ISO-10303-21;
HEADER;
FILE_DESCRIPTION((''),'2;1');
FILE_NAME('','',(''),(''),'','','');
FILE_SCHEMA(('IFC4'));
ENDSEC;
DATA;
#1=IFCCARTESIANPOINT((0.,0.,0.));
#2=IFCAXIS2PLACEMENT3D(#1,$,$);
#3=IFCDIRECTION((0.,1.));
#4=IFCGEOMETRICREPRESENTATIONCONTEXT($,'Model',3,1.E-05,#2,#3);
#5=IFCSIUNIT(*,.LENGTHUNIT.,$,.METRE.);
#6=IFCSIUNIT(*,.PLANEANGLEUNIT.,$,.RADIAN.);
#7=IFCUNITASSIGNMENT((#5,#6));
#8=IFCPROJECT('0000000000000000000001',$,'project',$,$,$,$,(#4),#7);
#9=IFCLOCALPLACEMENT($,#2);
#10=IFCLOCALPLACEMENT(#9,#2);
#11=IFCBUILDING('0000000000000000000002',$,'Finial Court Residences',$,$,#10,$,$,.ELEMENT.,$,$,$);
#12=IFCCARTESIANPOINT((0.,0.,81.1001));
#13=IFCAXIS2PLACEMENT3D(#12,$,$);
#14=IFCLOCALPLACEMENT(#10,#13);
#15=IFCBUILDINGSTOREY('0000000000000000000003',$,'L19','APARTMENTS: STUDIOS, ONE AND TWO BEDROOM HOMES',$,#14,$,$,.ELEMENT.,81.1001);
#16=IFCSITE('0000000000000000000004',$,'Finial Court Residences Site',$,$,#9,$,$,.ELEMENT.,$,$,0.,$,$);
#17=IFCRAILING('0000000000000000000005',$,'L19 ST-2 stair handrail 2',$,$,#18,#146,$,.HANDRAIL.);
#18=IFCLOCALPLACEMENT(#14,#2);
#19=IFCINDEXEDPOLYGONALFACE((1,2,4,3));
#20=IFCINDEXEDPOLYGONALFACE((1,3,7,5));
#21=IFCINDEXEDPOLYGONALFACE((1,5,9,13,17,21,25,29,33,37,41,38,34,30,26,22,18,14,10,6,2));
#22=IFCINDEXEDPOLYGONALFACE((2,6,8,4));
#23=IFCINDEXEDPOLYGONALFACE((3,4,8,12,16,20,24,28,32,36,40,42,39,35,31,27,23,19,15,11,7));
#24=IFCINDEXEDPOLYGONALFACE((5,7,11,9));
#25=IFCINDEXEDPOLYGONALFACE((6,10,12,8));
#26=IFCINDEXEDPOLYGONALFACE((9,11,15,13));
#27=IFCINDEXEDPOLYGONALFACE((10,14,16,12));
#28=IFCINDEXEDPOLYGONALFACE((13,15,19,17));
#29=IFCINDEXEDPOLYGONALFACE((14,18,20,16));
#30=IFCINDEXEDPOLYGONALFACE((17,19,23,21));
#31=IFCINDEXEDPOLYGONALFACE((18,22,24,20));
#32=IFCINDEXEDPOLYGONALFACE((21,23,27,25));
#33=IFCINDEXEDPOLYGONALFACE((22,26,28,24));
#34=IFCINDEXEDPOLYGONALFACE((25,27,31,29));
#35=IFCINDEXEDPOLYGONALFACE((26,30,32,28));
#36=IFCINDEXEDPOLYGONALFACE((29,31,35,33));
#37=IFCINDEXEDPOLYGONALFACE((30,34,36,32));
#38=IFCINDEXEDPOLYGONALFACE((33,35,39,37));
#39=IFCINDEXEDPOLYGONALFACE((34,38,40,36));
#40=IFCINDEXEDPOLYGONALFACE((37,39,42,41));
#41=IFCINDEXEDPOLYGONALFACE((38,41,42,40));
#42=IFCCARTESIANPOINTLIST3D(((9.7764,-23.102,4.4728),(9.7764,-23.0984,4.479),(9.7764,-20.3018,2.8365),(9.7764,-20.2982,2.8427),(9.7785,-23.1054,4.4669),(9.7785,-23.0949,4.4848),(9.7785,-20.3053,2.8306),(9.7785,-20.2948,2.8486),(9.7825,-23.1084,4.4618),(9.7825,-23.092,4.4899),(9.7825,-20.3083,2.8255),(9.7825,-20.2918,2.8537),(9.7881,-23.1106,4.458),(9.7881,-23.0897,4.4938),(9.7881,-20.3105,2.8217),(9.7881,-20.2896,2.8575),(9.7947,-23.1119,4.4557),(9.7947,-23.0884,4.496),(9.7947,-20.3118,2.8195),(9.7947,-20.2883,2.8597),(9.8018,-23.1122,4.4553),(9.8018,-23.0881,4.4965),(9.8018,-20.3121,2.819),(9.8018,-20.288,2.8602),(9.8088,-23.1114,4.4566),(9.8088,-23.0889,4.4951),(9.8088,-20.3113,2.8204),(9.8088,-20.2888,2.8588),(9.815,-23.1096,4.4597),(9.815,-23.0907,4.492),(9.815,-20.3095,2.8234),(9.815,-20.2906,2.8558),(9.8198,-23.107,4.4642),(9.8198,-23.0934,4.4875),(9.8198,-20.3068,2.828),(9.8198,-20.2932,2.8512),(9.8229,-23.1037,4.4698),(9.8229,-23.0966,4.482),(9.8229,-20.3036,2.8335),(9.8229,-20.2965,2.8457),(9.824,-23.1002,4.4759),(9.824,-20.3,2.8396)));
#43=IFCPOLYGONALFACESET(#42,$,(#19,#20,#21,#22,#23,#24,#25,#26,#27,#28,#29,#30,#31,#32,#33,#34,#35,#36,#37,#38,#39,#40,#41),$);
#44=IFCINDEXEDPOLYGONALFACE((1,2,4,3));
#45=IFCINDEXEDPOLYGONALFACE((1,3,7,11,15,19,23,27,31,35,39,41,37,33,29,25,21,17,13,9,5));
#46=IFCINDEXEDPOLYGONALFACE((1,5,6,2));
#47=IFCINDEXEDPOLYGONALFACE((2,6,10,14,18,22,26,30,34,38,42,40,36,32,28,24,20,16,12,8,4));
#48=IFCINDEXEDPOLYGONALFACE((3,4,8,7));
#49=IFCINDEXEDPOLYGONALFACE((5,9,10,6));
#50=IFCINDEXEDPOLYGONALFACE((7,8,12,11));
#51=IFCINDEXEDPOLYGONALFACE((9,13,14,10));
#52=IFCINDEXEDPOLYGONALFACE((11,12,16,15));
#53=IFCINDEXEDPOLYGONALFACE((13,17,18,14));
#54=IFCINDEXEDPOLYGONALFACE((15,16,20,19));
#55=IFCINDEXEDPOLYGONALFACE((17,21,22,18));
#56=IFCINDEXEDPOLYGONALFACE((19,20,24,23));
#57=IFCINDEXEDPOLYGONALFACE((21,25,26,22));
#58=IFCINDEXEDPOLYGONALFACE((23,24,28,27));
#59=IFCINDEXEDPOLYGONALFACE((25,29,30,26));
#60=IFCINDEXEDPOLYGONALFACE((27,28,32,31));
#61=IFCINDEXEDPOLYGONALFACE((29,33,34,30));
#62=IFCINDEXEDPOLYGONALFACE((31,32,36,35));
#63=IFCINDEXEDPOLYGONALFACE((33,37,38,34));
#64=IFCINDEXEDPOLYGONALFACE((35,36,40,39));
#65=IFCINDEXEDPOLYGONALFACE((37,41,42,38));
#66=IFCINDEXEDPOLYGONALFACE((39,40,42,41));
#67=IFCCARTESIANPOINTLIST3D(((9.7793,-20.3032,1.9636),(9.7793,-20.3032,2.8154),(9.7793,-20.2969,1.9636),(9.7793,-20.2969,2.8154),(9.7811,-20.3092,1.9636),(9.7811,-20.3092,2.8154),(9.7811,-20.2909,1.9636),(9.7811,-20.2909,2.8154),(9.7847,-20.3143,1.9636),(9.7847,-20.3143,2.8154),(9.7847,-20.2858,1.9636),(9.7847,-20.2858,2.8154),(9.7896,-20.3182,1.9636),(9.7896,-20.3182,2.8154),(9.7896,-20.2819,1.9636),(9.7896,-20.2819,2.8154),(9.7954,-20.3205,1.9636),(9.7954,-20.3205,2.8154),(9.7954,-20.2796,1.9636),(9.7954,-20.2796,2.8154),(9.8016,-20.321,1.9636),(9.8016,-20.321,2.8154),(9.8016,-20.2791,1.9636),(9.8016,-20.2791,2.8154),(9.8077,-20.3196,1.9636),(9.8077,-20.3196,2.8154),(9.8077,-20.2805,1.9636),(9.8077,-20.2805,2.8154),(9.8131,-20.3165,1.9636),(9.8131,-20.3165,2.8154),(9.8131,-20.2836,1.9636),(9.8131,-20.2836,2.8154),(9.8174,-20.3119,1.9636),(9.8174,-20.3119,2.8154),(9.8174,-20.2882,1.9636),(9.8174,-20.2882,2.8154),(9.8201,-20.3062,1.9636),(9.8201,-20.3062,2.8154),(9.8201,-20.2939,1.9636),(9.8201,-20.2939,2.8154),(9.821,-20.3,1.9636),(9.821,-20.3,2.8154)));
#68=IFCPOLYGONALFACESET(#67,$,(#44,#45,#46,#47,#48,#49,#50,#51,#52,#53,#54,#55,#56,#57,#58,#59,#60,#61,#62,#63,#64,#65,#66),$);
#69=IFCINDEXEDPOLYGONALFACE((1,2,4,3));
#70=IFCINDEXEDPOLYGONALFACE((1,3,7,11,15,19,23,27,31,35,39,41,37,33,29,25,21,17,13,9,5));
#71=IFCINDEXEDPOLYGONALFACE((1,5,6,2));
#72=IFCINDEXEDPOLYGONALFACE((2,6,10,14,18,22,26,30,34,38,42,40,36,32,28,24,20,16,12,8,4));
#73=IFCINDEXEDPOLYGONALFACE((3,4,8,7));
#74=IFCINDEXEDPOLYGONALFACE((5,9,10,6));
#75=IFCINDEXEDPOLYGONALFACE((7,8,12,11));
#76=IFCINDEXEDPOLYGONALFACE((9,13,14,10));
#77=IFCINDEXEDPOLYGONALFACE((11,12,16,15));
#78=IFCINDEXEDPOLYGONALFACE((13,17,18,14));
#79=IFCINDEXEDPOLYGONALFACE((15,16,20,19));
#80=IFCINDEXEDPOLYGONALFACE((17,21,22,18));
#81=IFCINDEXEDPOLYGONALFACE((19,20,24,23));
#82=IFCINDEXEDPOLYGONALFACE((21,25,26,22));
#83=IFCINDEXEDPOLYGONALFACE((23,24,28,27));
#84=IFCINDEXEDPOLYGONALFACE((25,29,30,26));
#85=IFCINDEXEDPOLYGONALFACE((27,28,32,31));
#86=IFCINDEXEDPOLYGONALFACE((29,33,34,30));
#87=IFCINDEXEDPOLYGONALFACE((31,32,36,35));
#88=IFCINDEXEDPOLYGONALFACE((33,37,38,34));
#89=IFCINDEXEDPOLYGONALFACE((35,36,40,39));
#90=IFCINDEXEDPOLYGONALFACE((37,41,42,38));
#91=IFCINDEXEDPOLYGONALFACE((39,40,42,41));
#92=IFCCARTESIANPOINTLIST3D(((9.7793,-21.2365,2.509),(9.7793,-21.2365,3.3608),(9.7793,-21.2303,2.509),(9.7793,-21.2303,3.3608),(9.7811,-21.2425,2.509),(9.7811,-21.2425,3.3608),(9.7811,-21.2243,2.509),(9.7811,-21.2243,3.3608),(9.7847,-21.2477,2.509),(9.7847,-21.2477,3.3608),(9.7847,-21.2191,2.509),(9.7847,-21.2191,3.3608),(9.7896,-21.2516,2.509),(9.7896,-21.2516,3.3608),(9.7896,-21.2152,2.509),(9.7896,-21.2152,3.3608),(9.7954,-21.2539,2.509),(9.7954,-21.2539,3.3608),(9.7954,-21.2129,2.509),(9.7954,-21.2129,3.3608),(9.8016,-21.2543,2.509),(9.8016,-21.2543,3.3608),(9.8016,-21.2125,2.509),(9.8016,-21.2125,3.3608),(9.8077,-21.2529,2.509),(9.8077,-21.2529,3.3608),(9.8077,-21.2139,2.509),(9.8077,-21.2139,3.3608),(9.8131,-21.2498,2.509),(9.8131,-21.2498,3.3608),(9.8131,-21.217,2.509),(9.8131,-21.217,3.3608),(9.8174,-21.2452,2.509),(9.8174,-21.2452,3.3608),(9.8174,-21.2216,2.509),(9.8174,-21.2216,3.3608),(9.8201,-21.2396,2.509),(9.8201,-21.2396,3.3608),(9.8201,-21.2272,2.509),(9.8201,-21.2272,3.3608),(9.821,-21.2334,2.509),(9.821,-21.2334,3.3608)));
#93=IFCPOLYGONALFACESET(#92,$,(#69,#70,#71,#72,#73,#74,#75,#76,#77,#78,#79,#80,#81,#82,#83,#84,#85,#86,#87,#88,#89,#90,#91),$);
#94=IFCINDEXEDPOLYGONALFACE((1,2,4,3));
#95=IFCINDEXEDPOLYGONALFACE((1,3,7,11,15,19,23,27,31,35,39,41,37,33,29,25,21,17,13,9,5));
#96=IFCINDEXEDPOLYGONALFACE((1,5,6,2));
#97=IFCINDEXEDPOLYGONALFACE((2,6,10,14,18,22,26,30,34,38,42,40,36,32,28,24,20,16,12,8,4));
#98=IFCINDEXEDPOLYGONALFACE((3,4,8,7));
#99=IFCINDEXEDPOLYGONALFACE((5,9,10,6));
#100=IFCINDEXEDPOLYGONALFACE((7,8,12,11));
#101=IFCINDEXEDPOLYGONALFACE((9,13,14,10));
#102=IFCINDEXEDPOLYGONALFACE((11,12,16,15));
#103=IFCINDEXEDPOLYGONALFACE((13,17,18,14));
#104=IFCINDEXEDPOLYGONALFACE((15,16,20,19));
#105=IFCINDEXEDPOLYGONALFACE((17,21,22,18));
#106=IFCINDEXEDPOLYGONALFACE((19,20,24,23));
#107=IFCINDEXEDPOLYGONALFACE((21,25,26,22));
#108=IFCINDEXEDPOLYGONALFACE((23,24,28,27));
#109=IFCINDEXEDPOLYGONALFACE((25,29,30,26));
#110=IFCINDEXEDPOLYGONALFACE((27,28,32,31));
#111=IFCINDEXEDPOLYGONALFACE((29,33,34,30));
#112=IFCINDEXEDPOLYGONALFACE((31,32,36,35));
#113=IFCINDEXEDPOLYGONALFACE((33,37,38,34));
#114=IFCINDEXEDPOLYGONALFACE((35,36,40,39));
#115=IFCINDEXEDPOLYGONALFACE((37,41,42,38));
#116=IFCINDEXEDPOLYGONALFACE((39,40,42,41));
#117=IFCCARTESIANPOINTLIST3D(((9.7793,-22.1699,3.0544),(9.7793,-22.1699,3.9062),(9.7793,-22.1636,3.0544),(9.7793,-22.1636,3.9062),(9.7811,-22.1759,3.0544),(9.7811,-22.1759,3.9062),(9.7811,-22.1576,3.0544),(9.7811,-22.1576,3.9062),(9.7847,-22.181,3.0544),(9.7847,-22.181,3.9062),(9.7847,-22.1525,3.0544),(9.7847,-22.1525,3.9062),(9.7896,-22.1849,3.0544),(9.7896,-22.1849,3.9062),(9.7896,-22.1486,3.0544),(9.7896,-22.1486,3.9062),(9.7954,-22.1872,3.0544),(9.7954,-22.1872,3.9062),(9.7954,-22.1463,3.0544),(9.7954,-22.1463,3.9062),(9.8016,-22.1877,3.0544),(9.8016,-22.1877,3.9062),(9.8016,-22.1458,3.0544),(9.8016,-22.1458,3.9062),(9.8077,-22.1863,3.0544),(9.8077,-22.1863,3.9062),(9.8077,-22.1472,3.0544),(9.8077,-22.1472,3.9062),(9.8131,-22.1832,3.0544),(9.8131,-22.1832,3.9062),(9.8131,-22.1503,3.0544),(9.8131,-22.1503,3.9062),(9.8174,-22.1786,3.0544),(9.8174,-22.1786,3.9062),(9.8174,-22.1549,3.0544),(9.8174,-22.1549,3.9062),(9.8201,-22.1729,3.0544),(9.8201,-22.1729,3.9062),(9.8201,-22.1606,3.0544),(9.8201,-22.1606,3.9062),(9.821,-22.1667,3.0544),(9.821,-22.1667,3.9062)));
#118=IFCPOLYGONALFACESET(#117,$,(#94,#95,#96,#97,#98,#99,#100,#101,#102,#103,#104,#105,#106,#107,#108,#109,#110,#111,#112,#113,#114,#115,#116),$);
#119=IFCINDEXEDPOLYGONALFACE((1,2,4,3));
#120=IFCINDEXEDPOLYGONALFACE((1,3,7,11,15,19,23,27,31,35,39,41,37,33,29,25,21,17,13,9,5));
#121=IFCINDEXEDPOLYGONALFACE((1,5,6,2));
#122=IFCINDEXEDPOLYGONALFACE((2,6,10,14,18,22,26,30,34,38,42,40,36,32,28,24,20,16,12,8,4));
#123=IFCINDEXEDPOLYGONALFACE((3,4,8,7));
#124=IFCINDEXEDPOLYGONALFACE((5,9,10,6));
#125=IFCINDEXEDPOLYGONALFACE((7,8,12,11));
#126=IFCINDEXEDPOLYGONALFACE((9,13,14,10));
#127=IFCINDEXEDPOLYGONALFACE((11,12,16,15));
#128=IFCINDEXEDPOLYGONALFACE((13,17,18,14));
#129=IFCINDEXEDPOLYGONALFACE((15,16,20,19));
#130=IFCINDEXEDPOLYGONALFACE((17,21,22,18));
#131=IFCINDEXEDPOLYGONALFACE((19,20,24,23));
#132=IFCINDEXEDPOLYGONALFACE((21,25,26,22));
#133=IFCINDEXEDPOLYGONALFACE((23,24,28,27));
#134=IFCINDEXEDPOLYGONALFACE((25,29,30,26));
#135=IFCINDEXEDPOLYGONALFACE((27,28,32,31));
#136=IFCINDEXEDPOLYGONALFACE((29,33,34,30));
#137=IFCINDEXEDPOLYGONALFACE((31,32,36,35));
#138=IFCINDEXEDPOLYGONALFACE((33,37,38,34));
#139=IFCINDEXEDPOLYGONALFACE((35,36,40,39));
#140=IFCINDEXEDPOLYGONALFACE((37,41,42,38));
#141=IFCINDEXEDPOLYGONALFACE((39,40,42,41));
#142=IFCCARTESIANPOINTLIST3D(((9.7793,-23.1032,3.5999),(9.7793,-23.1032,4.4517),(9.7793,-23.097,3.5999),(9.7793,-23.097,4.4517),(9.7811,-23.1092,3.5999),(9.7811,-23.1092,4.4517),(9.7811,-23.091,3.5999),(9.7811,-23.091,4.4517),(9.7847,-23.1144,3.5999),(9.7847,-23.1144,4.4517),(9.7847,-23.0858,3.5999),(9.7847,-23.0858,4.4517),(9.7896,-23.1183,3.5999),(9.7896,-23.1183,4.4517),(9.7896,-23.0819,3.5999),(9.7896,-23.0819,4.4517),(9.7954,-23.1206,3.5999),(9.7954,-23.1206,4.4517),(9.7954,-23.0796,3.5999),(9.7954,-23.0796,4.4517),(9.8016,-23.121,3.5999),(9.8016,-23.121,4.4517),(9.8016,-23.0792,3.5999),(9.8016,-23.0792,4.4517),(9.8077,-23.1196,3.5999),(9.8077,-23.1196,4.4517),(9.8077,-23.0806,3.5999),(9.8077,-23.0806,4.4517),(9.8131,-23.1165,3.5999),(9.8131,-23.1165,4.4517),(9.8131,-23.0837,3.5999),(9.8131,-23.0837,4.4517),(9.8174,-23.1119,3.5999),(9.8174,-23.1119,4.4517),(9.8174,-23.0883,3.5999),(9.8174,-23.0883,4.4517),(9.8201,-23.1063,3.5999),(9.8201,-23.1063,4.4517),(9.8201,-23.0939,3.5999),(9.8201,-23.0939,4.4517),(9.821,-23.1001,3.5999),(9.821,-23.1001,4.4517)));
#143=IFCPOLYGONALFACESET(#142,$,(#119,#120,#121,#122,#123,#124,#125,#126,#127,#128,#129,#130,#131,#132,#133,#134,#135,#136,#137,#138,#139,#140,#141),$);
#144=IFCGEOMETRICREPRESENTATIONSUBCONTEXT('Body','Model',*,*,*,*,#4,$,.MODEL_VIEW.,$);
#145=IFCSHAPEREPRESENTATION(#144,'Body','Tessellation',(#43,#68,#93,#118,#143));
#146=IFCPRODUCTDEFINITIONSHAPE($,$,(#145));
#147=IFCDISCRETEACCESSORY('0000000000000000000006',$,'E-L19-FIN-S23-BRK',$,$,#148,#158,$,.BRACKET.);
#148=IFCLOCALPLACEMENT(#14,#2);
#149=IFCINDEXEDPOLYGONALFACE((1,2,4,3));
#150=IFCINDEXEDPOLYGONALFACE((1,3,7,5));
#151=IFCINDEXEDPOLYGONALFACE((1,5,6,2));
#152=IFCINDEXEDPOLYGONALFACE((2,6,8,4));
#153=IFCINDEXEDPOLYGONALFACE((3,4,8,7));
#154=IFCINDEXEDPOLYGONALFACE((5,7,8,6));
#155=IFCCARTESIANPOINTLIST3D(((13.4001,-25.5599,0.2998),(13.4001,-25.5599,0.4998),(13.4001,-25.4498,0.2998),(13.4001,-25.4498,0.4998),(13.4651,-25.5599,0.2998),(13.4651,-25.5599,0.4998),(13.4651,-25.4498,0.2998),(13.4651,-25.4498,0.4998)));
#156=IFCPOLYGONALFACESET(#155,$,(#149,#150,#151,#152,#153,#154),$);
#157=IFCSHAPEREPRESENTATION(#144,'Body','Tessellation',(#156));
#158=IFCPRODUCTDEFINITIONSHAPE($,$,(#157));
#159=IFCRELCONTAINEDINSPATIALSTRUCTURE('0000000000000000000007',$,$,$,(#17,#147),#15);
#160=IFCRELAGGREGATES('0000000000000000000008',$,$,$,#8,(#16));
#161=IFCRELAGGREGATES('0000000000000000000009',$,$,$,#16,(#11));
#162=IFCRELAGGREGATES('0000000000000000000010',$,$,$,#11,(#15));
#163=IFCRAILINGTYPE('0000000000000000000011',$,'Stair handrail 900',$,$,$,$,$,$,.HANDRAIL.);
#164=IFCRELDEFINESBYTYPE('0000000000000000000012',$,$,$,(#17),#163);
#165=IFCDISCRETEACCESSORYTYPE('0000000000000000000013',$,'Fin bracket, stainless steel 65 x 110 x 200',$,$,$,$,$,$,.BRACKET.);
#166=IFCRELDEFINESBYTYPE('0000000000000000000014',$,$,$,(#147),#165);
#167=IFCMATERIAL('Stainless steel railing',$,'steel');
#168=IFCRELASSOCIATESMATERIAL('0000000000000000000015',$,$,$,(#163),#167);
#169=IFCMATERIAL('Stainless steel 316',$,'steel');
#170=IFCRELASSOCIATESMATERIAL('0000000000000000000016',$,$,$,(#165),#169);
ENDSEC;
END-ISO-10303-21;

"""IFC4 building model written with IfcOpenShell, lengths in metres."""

from ifc_helpers import new_model, si_unit, direction, frame, origin, origin_2d, place, context, subcontext, project, spatial, rectangle, circle, extrude, material, type_object, element, save


model = new_model("IFC4")

# Units and contexts
model_context = context("Model", 3, precision=1e-05, world=origin(), true_north=direction((0.0, 1.0)))
body_context = subcontext(model_context, "Body", "Model", "MODEL_VIEW")
ifc_project = project(units=[si_unit("LENGTHUNIT", "METRE"), si_unit("PLANEANGLEUNIT", "RADIAN")], contexts=[model_context])

# Site, building, storey
site_placement = place(None, origin())
site = spatial("IfcSite", under=ifc_project, at=site_placement, Name="Finial Court Residences Site", CompositionType="ELEMENT", RefElevation=0.0)
building_placement = place(site_placement, origin())
building = spatial("IfcBuilding", under=site, at=building_placement, Name="Finial Court Residences", CompositionType="ELEMENT")
storey_placement = place(building_placement, frame((0.0, 0.0, 81.1001)))
storey = spatial("IfcBuildingStorey", under=building, at=storey_placement, Name="L19", Description="APARTMENTS: STUDIOS, ONE AND TWO BEDROOM HOMES", CompositionType="ELEMENT", Elevation=81.1001)

# Railing
ifc_material_1 = material(Name="Stainless steel railing", Category="steel")
railing_type_1 = type_object("IfcRailingType", Name="Stair handrail 900", PredefinedType="HANDRAIL", material=ifc_material_1)
railing_1_placement = place(storey_placement, frame((9.8, -20.3, 1.9636)))
element("IfcRailing", 1, at=railing_1_placement, inside=storey, type_object=railing_type_1, Name="L19 ST-2 stair handrail 2", PredefinedType="HANDRAIL", context=body_context, shape_type="SweptSolid", body=[
    extrude(circle(Radius=0.0239, at=origin_2d()), frame((0.0, 0.0, 0.876), z_axis=(0.0, -0.863394, 0.504531), x_axis=(1.0, 0.0, 0.0)), (0.0, 0.0, 1.0), 3.2432),
    extrude(circle(Radius=0.021, at=origin_2d()), origin(), (0.0, 0.0, 1.0), 0.8518),
    extrude(circle(Radius=0.021, at=origin_2d()), frame((0.0, -0.9333, 0.5454)), (0.0, 0.0, 1.0), 0.8518),
    extrude(circle(Radius=0.021, at=origin_2d()), frame((0.0, -1.8667, 1.0908)), (0.0, 0.0, 1.0), 0.8518),
    extrude(circle(Radius=0.021, at=origin_2d()), frame((0.0, -2.8, 1.6362)), (0.0, 0.0, 1.0), 0.8518),
])

# Discrete accessory
ifc_material_2 = material(Name="Stainless steel 316", Category="steel")
discrete_accessory_type = type_object("IfcDiscreteAccessoryType", Name="Fin bracket, stainless steel 65 x 110 x 200", PredefinedType="BRACKET", material=ifc_material_2)
discrete_accessory_placement = place(storey_placement, frame((13.4326, -25.5049, 0.2998), z_axis=(0.0, 0.0, 1.0), x_axis=(1.0, 0.0, 0.0)))
element("IfcDiscreteAccessory", 2, at=discrete_accessory_placement, inside=storey, type_object=discrete_accessory_type, Name="E-L19-FIN-S23-BRK", PredefinedType="BRACKET", context=body_context, shape_type="SweptSolid", body=[
    extrude(rectangle(XDim=0.0649, YDim=0.1101, at=origin_2d()), origin(), (0.0, 0.0, 1.0), 0.2),
])

save(model, "model.ifc")
